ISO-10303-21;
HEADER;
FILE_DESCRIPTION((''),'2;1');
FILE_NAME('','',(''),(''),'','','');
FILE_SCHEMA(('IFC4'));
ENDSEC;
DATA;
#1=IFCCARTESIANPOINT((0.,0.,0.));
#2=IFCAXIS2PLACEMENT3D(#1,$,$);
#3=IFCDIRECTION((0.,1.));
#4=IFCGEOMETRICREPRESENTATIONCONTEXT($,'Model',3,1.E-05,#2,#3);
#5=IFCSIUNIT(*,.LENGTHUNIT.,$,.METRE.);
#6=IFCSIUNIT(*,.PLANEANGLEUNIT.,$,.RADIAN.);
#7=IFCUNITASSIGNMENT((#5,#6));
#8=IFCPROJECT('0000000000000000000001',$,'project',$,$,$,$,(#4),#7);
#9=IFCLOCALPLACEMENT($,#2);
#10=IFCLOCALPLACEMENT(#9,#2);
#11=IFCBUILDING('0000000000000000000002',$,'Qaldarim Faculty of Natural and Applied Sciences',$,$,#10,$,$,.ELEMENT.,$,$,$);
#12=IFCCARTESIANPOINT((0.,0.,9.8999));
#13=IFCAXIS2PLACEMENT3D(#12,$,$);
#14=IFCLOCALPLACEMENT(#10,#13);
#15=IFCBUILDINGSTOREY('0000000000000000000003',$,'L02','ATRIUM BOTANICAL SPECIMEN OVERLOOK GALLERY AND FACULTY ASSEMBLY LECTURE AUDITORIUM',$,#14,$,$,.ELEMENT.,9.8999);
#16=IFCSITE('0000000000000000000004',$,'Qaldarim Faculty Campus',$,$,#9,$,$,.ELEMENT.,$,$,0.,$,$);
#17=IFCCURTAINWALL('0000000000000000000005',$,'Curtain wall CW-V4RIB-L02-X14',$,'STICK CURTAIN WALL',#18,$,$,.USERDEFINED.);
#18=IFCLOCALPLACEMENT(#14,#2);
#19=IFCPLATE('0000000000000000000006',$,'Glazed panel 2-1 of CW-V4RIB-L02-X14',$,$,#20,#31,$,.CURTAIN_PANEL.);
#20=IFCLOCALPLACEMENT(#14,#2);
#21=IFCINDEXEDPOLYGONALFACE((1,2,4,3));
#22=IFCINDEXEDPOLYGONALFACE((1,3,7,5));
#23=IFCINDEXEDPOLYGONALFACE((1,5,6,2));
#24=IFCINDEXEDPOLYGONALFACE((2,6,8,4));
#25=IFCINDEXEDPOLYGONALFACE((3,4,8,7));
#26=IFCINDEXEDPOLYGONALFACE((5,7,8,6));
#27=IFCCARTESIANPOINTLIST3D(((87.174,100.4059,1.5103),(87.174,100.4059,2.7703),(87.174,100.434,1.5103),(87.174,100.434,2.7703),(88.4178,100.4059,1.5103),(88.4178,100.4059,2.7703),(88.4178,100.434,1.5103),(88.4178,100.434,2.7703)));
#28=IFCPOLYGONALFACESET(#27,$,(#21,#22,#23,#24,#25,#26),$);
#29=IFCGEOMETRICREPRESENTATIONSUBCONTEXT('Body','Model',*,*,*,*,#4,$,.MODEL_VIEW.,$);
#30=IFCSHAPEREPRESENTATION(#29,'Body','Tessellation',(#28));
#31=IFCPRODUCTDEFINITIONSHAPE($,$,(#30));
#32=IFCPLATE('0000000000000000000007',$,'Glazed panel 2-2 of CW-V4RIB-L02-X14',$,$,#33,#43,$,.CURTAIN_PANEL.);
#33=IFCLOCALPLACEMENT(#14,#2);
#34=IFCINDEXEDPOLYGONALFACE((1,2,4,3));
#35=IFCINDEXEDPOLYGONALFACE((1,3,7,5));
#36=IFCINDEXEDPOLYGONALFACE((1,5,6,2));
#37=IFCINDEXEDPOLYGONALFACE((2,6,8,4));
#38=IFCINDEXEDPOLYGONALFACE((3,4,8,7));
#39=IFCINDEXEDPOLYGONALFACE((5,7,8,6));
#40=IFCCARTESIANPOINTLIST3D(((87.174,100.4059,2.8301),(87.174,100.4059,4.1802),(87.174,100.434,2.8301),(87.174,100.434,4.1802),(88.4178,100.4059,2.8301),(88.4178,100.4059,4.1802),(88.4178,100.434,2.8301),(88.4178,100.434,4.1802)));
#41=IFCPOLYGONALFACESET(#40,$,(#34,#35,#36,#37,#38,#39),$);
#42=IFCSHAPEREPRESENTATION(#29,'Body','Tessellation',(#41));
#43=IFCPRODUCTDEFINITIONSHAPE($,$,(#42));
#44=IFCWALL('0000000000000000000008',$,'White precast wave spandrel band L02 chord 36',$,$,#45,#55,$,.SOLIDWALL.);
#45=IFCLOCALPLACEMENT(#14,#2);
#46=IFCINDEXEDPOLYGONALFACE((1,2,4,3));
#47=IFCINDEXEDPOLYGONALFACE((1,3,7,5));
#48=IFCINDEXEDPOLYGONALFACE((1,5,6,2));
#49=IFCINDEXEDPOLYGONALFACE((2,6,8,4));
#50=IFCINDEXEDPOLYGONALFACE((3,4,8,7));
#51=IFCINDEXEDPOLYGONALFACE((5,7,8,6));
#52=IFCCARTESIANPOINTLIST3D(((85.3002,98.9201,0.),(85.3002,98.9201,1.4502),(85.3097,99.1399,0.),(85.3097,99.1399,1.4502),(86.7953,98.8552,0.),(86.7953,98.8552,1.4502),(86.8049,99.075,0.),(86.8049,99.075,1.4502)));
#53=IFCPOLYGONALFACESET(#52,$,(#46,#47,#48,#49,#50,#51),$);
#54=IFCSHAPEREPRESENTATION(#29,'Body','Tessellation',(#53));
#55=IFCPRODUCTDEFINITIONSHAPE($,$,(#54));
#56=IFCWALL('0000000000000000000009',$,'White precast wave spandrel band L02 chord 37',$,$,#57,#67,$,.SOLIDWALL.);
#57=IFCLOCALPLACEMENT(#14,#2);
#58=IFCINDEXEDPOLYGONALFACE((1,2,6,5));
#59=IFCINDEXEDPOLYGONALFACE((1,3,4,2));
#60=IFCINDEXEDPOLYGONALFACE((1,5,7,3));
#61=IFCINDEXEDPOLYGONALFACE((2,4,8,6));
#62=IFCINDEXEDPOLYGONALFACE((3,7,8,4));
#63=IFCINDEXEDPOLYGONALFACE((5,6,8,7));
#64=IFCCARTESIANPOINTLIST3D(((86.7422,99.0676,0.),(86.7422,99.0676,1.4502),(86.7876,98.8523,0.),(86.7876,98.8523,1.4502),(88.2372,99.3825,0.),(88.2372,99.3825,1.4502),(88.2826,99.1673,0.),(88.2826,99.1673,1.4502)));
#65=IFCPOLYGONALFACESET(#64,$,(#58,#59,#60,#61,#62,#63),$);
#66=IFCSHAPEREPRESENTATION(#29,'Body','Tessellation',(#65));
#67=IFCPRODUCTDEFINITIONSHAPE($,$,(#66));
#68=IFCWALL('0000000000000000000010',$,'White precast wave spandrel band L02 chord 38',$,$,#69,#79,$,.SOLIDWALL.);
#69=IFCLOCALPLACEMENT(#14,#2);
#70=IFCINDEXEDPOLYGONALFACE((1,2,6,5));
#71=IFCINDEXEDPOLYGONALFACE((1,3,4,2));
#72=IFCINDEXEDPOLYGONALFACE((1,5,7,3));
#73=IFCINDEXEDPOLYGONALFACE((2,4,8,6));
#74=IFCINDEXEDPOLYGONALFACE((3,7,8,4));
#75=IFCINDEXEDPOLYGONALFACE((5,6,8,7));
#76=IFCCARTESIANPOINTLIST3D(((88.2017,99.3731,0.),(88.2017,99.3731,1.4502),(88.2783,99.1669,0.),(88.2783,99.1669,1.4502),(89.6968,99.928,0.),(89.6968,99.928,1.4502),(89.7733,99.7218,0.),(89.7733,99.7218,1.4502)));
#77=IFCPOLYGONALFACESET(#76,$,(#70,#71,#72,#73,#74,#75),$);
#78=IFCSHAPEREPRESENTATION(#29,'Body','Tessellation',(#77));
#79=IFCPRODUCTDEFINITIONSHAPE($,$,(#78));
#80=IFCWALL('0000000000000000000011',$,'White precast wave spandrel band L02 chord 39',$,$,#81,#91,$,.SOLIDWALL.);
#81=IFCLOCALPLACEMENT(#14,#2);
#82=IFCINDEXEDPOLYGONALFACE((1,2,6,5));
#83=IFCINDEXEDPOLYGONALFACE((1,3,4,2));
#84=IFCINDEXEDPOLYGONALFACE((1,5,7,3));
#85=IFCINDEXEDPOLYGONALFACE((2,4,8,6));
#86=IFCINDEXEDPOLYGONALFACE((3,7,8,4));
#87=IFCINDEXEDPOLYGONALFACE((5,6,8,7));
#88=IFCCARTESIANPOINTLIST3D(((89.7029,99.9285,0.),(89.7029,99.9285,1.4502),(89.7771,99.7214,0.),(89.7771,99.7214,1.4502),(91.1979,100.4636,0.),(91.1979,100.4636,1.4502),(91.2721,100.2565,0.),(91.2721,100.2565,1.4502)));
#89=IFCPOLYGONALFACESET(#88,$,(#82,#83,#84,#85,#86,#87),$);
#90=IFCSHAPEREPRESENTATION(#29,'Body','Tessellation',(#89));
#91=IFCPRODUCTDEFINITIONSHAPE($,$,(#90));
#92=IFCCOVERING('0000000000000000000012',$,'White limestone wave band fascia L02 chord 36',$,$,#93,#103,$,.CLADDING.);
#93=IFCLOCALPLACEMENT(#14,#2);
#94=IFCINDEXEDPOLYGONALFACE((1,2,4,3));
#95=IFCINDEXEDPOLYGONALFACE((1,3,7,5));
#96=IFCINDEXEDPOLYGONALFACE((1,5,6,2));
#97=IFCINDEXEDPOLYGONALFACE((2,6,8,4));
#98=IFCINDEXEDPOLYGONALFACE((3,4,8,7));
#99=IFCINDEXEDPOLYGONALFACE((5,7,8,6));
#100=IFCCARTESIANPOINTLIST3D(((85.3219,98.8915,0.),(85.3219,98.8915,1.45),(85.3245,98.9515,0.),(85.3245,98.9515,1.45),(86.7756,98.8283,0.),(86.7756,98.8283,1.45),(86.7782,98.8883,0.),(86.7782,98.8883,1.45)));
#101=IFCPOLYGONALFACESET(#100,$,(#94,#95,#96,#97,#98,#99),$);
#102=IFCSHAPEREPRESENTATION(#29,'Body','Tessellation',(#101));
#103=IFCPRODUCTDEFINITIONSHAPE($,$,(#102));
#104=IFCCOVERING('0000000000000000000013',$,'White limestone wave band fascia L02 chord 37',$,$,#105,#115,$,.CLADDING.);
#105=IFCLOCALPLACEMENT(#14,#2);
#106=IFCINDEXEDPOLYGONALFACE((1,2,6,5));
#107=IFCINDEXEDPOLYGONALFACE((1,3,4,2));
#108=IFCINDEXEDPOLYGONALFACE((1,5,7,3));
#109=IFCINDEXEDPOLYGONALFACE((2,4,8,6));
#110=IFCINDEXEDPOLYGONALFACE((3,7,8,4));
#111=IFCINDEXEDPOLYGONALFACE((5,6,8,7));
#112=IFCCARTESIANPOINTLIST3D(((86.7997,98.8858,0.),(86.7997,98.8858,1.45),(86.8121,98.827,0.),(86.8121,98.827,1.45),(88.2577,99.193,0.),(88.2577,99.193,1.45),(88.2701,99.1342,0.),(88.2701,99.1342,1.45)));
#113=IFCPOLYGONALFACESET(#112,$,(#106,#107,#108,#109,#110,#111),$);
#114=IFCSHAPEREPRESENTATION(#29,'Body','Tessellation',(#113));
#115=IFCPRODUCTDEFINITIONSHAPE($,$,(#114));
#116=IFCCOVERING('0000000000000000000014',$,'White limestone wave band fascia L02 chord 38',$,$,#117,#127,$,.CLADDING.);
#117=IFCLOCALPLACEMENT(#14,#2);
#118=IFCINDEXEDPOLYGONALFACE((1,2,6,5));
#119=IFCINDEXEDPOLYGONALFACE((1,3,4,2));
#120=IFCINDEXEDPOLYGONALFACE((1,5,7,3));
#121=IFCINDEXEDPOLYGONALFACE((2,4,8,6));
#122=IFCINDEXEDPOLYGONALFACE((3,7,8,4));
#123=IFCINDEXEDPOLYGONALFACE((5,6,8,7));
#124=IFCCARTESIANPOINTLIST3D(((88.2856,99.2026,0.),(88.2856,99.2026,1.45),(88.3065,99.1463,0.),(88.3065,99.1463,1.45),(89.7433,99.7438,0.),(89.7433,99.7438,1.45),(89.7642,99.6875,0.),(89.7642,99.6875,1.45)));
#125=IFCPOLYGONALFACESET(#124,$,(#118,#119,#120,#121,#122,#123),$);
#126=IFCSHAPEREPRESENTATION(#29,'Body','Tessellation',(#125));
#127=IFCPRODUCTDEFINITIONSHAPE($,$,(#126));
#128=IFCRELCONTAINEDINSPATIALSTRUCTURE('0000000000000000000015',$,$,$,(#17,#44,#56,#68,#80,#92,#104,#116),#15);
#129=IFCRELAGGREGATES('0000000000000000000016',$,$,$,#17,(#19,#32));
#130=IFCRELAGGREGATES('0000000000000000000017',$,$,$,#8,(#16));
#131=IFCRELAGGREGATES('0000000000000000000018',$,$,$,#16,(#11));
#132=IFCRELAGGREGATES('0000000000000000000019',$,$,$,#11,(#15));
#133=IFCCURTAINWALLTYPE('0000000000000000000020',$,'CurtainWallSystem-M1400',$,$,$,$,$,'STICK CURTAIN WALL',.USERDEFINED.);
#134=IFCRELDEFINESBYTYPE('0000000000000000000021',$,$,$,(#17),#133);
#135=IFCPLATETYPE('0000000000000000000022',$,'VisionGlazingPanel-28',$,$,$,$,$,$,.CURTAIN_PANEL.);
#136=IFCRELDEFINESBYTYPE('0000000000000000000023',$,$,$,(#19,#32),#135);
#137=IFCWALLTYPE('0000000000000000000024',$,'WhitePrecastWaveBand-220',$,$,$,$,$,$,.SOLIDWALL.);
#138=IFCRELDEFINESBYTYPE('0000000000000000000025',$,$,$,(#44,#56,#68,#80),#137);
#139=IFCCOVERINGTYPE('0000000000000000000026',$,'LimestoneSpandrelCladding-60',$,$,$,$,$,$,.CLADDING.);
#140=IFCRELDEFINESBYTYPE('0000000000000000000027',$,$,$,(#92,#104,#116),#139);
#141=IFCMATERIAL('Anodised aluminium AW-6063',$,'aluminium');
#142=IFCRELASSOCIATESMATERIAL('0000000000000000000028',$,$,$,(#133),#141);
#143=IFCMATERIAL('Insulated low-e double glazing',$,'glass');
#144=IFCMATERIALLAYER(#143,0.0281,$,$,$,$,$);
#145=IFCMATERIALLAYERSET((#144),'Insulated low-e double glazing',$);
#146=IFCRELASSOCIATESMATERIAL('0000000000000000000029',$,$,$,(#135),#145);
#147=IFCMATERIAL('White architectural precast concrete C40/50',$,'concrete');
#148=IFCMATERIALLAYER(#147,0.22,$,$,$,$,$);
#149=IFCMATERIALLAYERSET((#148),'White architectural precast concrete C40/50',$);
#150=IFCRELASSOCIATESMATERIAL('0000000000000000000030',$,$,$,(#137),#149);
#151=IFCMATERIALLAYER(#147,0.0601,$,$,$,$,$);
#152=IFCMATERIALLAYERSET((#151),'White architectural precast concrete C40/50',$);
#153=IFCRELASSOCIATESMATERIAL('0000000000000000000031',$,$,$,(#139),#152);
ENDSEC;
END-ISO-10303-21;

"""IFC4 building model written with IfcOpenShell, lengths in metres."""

from ifc_helpers import new_model, si_unit, direction, frame, frame_2d, origin, origin_2d, place, context, subcontext, project, spatial, rectangle, extrude, material, layer, layer_set, type_object, element, aggregate, save


model = new_model("IFC4")

# Units and contexts
model_context = context("Model", 3, precision=1e-05, world=origin(), true_north=direction((0.0, 1.0)))
body_context = subcontext(model_context, "Body", "Model", "MODEL_VIEW")
ifc_project = project(units=[si_unit("LENGTHUNIT", "METRE"), si_unit("PLANEANGLEUNIT", "RADIAN")], contexts=[model_context])

# Site, building, storey
site_placement = place(None, origin())
site = spatial("IfcSite", under=ifc_project, at=site_placement, Name="Qaldarim Faculty Campus", CompositionType="ELEMENT", RefElevation=0.0)
building_placement = place(site_placement, origin())
building = spatial("IfcBuilding", under=site, at=building_placement, Name="Qaldarim Faculty of Natural and Applied Sciences", CompositionType="ELEMENT")
storey_placement = place(building_placement, frame((0.0, 0.0, 9.8999)))
storey = spatial("IfcBuildingStorey", under=building, at=storey_placement, Name="L02", Description="ATRIUM BOTANICAL SPECIMEN OVERLOOK GALLERY AND FACULTY ASSEMBLY LECTURE AUDITORIUM", CompositionType="ELEMENT", Elevation=9.8999)

# Shared definitions
ifc_material_1 = material(Name="Anodised aluminium AW-6063", Category="aluminium")
curtain_wall_type = type_object("IfcCurtainWallType", Name="CurtainWallSystem-M1400", ElementType="STICK CURTAIN WALL", PredefinedType="USERDEFINED", material=ifc_material_1)

# Curtain wall, plates
curtain_wall_1_placement = place(storey_placement, origin())
curtain_wall_1 = element("IfcCurtainWall", 1, at=curtain_wall_1_placement, inside=storey, type_object=curtain_wall_type, Name="Curtain wall CW-V4RIB-L02-X14", ObjectType="STICK CURTAIN WALL", PredefinedType="USERDEFINED")
ifc_material_2 = material(Name="Insulated low-e double glazing", Category="glass")
ifc_layer_1 = layer(ifc_material_2, 0.0281)
ifc_layer_set_1 = layer_set([ifc_layer_1], Name="Insulated low-e double glazing")
plate_type = type_object("IfcPlateType", Name="VisionGlazingPanel-28", PredefinedType="CURTAIN_PANEL", material=ifc_layer_set_1)
plate_1_placement = place(storey_placement, frame((87.7959, 100.4199, 1.5103), z_axis=(0.0, 0.0, 1.0), x_axis=(1.0, 0.0, 0.0)))
plate_1 = element("IfcPlate", 2, at=plate_1_placement, type_object=plate_type, Name="Glazed panel 2-1 of CW-V4RIB-L02-X14", PredefinedType="CURTAIN_PANEL", context=body_context, shape_type="SweptSolid", body=[
    extrude(rectangle(XDim=1.2439, YDim=0.0281, at=origin_2d()), origin(), (0.0, 0.0, 1.0), 1.26),
])
plate_2_placement = place(storey_placement, frame((87.7959, 100.4199, 2.8301), z_axis=(0.0, 0.0, 1.0), x_axis=(1.0, 0.0, 0.0)))
plate_2 = element("IfcPlate", 3, at=plate_2_placement, type_object=plate_type, Name="Glazed panel 2-2 of CW-V4RIB-L02-X14", PredefinedType="CURTAIN_PANEL", context=body_context, shape_type="SweptSolid", body=[
    extrude(rectangle(XDim=1.2439, YDim=0.0281, at=origin_2d()), origin(), (0.0, 0.0, 1.0), 1.3501),
])
aggregate(curtain_wall_1, [plate_1, plate_2])

# Walls
ifc_material_3 = material(Name="White architectural precast concrete C40/50", Category="concrete")
ifc_layer_2 = layer(ifc_material_3, 0.22)
ifc_layer_set_2 = layer_set([ifc_layer_2], Name="White architectural precast concrete C40/50")
wall_type = type_object("IfcWallType", Name="WhitePrecastWaveBand-220", PredefinedType="SOLIDWALL", material=ifc_layer_set_2)
wall_1_placement = place(storey_placement, frame((85.3049, 99.03, 0.0), z_axis=(0.0, 0.0, 1.0), x_axis=(0.999058, -0.043395, 0.0)))
element("IfcWall", 4, at=wall_1_placement, inside=storey, type_object=wall_type, Name="White precast wave spandrel band L02 chord 36", PredefinedType="SOLIDWALL", context=body_context, shape_type="SweptSolid", body=[
    extrude(rectangle(XDim=1.4966, YDim=0.22, at=frame_2d((0.7483, 0.0))), origin(), (0.0, 0.0, 1.0), 1.4502),
])
wall_2_placement = place(storey_placement, frame((86.7649, 98.96, 0.0), z_axis=(0.0, 0.0, 1.0), x_axis=(0.978526, 0.206123, 0.0)))
element("IfcWall", 5, at=wall_2_placement, inside=storey, type_object=wall_type, Name="White precast wave spandrel band L02 chord 37", PredefinedType="SOLIDWALL", context=body_context, shape_type="SweptSolid", body=[
    extrude(rectangle(XDim=1.5278, YDim=0.22, at=frame_2d((0.7639, 0.0))), origin(), (0.0, 0.0, 1.0), 1.4502),
])
wall_3_placement = place(storey_placement, frame((88.24, 99.27, 0.0), z_axis=(0.0, 0.0, 1.0), x_axis=(0.937507, 0.347967, 0.0)))
element("IfcWall", 6, at=wall_3_placement, inside=storey, type_object=wall_type, Name="White precast wave spandrel band L02 chord 38", PredefinedType="SOLIDWALL", context=body_context, shape_type="SweptSolid", body=[
    extrude(rectangle(XDim=1.5947, YDim=0.22, at=frame_2d((0.7974, 0.0))), origin(), (0.0, 0.0, 1.0), 1.4502),
])
wall_4_placement = place(storey_placement, frame((89.74, 99.825, 0.0), z_axis=(0.0, 0.0, 1.0), x_axis=(0.941505, 0.336999, 0.0)))
element("IfcWall", 7, at=wall_4_placement, inside=storey, type_object=wall_type, Name="White precast wave spandrel band L02 chord 39", PredefinedType="SOLIDWALL", context=body_context, shape_type="SweptSolid", body=[
    extrude(rectangle(XDim=1.5879, YDim=0.22, at=frame_2d((0.7939, 0.0))), origin(), (0.0, 0.0, 1.0), 1.4502),
])

# Coverings
ifc_layer_3 = layer(ifc_material_3, 0.0601)
ifc_layer_set_3 = layer_set([ifc_layer_3], Name="White architectural precast concrete C40/50")
covering_type = type_object("IfcCoveringType", Name="LimestoneSpandrelCladding-60", PredefinedType="CLADDING", material=ifc_layer_set_3)
covering_1_placement = place(storey_placement, frame((86.05, 98.8899, 0.0), z_axis=(0.0, 0.0, 1.0), x_axis=(0.999056, -0.043445, 0.0)))
element("IfcCovering", 8, at=covering_1_placement, inside=storey, type_object=covering_type, Name="White limestone wave band fascia L02 chord 36", PredefinedType="CLADDING", context=body_context, shape_type="SweptSolid", body=[
    extrude(rectangle(XDim=1.4551, YDim=0.0601, at=origin_2d()), origin(), (0.0, 0.0, 1.0), 1.45),
])
covering_2_placement = place(storey_placement, frame((87.5349, 99.01, 0.0), z_axis=(0.0, 0.0, 1.0), x_axis=(0.978516, 0.20617, 0.0)))
element("IfcCovering", 9, at=covering_2_placement, inside=storey, type_object=covering_type, Name="White limestone wave band fascia L02 chord 37", PredefinedType="CLADDING", context=body_context, shape_type="SweptSolid", body=[
    extrude(rectangle(XDim=1.49, YDim=0.0601, at=origin_2d()), origin(), (0.0, 0.0, 1.0), 1.45),
])
covering_3_placement = place(storey_placement, frame((89.0249, 99.4451, 0.0), z_axis=(0.0, 0.0, 1.0), x_axis=(0.937483, 0.348032, 0.0)))
element("IfcCovering", 10, at=covering_3_placement, inside=storey, type_object=covering_type, Name="White limestone wave band fascia L02 chord 38", PredefinedType="CLADDING", context=body_context, shape_type="SweptSolid", body=[
    extrude(rectangle(XDim=1.5549, YDim=0.0601, at=origin_2d()), origin(), (0.0, 0.0, 1.0), 1.45),
])

save(model, "model.ifc")
